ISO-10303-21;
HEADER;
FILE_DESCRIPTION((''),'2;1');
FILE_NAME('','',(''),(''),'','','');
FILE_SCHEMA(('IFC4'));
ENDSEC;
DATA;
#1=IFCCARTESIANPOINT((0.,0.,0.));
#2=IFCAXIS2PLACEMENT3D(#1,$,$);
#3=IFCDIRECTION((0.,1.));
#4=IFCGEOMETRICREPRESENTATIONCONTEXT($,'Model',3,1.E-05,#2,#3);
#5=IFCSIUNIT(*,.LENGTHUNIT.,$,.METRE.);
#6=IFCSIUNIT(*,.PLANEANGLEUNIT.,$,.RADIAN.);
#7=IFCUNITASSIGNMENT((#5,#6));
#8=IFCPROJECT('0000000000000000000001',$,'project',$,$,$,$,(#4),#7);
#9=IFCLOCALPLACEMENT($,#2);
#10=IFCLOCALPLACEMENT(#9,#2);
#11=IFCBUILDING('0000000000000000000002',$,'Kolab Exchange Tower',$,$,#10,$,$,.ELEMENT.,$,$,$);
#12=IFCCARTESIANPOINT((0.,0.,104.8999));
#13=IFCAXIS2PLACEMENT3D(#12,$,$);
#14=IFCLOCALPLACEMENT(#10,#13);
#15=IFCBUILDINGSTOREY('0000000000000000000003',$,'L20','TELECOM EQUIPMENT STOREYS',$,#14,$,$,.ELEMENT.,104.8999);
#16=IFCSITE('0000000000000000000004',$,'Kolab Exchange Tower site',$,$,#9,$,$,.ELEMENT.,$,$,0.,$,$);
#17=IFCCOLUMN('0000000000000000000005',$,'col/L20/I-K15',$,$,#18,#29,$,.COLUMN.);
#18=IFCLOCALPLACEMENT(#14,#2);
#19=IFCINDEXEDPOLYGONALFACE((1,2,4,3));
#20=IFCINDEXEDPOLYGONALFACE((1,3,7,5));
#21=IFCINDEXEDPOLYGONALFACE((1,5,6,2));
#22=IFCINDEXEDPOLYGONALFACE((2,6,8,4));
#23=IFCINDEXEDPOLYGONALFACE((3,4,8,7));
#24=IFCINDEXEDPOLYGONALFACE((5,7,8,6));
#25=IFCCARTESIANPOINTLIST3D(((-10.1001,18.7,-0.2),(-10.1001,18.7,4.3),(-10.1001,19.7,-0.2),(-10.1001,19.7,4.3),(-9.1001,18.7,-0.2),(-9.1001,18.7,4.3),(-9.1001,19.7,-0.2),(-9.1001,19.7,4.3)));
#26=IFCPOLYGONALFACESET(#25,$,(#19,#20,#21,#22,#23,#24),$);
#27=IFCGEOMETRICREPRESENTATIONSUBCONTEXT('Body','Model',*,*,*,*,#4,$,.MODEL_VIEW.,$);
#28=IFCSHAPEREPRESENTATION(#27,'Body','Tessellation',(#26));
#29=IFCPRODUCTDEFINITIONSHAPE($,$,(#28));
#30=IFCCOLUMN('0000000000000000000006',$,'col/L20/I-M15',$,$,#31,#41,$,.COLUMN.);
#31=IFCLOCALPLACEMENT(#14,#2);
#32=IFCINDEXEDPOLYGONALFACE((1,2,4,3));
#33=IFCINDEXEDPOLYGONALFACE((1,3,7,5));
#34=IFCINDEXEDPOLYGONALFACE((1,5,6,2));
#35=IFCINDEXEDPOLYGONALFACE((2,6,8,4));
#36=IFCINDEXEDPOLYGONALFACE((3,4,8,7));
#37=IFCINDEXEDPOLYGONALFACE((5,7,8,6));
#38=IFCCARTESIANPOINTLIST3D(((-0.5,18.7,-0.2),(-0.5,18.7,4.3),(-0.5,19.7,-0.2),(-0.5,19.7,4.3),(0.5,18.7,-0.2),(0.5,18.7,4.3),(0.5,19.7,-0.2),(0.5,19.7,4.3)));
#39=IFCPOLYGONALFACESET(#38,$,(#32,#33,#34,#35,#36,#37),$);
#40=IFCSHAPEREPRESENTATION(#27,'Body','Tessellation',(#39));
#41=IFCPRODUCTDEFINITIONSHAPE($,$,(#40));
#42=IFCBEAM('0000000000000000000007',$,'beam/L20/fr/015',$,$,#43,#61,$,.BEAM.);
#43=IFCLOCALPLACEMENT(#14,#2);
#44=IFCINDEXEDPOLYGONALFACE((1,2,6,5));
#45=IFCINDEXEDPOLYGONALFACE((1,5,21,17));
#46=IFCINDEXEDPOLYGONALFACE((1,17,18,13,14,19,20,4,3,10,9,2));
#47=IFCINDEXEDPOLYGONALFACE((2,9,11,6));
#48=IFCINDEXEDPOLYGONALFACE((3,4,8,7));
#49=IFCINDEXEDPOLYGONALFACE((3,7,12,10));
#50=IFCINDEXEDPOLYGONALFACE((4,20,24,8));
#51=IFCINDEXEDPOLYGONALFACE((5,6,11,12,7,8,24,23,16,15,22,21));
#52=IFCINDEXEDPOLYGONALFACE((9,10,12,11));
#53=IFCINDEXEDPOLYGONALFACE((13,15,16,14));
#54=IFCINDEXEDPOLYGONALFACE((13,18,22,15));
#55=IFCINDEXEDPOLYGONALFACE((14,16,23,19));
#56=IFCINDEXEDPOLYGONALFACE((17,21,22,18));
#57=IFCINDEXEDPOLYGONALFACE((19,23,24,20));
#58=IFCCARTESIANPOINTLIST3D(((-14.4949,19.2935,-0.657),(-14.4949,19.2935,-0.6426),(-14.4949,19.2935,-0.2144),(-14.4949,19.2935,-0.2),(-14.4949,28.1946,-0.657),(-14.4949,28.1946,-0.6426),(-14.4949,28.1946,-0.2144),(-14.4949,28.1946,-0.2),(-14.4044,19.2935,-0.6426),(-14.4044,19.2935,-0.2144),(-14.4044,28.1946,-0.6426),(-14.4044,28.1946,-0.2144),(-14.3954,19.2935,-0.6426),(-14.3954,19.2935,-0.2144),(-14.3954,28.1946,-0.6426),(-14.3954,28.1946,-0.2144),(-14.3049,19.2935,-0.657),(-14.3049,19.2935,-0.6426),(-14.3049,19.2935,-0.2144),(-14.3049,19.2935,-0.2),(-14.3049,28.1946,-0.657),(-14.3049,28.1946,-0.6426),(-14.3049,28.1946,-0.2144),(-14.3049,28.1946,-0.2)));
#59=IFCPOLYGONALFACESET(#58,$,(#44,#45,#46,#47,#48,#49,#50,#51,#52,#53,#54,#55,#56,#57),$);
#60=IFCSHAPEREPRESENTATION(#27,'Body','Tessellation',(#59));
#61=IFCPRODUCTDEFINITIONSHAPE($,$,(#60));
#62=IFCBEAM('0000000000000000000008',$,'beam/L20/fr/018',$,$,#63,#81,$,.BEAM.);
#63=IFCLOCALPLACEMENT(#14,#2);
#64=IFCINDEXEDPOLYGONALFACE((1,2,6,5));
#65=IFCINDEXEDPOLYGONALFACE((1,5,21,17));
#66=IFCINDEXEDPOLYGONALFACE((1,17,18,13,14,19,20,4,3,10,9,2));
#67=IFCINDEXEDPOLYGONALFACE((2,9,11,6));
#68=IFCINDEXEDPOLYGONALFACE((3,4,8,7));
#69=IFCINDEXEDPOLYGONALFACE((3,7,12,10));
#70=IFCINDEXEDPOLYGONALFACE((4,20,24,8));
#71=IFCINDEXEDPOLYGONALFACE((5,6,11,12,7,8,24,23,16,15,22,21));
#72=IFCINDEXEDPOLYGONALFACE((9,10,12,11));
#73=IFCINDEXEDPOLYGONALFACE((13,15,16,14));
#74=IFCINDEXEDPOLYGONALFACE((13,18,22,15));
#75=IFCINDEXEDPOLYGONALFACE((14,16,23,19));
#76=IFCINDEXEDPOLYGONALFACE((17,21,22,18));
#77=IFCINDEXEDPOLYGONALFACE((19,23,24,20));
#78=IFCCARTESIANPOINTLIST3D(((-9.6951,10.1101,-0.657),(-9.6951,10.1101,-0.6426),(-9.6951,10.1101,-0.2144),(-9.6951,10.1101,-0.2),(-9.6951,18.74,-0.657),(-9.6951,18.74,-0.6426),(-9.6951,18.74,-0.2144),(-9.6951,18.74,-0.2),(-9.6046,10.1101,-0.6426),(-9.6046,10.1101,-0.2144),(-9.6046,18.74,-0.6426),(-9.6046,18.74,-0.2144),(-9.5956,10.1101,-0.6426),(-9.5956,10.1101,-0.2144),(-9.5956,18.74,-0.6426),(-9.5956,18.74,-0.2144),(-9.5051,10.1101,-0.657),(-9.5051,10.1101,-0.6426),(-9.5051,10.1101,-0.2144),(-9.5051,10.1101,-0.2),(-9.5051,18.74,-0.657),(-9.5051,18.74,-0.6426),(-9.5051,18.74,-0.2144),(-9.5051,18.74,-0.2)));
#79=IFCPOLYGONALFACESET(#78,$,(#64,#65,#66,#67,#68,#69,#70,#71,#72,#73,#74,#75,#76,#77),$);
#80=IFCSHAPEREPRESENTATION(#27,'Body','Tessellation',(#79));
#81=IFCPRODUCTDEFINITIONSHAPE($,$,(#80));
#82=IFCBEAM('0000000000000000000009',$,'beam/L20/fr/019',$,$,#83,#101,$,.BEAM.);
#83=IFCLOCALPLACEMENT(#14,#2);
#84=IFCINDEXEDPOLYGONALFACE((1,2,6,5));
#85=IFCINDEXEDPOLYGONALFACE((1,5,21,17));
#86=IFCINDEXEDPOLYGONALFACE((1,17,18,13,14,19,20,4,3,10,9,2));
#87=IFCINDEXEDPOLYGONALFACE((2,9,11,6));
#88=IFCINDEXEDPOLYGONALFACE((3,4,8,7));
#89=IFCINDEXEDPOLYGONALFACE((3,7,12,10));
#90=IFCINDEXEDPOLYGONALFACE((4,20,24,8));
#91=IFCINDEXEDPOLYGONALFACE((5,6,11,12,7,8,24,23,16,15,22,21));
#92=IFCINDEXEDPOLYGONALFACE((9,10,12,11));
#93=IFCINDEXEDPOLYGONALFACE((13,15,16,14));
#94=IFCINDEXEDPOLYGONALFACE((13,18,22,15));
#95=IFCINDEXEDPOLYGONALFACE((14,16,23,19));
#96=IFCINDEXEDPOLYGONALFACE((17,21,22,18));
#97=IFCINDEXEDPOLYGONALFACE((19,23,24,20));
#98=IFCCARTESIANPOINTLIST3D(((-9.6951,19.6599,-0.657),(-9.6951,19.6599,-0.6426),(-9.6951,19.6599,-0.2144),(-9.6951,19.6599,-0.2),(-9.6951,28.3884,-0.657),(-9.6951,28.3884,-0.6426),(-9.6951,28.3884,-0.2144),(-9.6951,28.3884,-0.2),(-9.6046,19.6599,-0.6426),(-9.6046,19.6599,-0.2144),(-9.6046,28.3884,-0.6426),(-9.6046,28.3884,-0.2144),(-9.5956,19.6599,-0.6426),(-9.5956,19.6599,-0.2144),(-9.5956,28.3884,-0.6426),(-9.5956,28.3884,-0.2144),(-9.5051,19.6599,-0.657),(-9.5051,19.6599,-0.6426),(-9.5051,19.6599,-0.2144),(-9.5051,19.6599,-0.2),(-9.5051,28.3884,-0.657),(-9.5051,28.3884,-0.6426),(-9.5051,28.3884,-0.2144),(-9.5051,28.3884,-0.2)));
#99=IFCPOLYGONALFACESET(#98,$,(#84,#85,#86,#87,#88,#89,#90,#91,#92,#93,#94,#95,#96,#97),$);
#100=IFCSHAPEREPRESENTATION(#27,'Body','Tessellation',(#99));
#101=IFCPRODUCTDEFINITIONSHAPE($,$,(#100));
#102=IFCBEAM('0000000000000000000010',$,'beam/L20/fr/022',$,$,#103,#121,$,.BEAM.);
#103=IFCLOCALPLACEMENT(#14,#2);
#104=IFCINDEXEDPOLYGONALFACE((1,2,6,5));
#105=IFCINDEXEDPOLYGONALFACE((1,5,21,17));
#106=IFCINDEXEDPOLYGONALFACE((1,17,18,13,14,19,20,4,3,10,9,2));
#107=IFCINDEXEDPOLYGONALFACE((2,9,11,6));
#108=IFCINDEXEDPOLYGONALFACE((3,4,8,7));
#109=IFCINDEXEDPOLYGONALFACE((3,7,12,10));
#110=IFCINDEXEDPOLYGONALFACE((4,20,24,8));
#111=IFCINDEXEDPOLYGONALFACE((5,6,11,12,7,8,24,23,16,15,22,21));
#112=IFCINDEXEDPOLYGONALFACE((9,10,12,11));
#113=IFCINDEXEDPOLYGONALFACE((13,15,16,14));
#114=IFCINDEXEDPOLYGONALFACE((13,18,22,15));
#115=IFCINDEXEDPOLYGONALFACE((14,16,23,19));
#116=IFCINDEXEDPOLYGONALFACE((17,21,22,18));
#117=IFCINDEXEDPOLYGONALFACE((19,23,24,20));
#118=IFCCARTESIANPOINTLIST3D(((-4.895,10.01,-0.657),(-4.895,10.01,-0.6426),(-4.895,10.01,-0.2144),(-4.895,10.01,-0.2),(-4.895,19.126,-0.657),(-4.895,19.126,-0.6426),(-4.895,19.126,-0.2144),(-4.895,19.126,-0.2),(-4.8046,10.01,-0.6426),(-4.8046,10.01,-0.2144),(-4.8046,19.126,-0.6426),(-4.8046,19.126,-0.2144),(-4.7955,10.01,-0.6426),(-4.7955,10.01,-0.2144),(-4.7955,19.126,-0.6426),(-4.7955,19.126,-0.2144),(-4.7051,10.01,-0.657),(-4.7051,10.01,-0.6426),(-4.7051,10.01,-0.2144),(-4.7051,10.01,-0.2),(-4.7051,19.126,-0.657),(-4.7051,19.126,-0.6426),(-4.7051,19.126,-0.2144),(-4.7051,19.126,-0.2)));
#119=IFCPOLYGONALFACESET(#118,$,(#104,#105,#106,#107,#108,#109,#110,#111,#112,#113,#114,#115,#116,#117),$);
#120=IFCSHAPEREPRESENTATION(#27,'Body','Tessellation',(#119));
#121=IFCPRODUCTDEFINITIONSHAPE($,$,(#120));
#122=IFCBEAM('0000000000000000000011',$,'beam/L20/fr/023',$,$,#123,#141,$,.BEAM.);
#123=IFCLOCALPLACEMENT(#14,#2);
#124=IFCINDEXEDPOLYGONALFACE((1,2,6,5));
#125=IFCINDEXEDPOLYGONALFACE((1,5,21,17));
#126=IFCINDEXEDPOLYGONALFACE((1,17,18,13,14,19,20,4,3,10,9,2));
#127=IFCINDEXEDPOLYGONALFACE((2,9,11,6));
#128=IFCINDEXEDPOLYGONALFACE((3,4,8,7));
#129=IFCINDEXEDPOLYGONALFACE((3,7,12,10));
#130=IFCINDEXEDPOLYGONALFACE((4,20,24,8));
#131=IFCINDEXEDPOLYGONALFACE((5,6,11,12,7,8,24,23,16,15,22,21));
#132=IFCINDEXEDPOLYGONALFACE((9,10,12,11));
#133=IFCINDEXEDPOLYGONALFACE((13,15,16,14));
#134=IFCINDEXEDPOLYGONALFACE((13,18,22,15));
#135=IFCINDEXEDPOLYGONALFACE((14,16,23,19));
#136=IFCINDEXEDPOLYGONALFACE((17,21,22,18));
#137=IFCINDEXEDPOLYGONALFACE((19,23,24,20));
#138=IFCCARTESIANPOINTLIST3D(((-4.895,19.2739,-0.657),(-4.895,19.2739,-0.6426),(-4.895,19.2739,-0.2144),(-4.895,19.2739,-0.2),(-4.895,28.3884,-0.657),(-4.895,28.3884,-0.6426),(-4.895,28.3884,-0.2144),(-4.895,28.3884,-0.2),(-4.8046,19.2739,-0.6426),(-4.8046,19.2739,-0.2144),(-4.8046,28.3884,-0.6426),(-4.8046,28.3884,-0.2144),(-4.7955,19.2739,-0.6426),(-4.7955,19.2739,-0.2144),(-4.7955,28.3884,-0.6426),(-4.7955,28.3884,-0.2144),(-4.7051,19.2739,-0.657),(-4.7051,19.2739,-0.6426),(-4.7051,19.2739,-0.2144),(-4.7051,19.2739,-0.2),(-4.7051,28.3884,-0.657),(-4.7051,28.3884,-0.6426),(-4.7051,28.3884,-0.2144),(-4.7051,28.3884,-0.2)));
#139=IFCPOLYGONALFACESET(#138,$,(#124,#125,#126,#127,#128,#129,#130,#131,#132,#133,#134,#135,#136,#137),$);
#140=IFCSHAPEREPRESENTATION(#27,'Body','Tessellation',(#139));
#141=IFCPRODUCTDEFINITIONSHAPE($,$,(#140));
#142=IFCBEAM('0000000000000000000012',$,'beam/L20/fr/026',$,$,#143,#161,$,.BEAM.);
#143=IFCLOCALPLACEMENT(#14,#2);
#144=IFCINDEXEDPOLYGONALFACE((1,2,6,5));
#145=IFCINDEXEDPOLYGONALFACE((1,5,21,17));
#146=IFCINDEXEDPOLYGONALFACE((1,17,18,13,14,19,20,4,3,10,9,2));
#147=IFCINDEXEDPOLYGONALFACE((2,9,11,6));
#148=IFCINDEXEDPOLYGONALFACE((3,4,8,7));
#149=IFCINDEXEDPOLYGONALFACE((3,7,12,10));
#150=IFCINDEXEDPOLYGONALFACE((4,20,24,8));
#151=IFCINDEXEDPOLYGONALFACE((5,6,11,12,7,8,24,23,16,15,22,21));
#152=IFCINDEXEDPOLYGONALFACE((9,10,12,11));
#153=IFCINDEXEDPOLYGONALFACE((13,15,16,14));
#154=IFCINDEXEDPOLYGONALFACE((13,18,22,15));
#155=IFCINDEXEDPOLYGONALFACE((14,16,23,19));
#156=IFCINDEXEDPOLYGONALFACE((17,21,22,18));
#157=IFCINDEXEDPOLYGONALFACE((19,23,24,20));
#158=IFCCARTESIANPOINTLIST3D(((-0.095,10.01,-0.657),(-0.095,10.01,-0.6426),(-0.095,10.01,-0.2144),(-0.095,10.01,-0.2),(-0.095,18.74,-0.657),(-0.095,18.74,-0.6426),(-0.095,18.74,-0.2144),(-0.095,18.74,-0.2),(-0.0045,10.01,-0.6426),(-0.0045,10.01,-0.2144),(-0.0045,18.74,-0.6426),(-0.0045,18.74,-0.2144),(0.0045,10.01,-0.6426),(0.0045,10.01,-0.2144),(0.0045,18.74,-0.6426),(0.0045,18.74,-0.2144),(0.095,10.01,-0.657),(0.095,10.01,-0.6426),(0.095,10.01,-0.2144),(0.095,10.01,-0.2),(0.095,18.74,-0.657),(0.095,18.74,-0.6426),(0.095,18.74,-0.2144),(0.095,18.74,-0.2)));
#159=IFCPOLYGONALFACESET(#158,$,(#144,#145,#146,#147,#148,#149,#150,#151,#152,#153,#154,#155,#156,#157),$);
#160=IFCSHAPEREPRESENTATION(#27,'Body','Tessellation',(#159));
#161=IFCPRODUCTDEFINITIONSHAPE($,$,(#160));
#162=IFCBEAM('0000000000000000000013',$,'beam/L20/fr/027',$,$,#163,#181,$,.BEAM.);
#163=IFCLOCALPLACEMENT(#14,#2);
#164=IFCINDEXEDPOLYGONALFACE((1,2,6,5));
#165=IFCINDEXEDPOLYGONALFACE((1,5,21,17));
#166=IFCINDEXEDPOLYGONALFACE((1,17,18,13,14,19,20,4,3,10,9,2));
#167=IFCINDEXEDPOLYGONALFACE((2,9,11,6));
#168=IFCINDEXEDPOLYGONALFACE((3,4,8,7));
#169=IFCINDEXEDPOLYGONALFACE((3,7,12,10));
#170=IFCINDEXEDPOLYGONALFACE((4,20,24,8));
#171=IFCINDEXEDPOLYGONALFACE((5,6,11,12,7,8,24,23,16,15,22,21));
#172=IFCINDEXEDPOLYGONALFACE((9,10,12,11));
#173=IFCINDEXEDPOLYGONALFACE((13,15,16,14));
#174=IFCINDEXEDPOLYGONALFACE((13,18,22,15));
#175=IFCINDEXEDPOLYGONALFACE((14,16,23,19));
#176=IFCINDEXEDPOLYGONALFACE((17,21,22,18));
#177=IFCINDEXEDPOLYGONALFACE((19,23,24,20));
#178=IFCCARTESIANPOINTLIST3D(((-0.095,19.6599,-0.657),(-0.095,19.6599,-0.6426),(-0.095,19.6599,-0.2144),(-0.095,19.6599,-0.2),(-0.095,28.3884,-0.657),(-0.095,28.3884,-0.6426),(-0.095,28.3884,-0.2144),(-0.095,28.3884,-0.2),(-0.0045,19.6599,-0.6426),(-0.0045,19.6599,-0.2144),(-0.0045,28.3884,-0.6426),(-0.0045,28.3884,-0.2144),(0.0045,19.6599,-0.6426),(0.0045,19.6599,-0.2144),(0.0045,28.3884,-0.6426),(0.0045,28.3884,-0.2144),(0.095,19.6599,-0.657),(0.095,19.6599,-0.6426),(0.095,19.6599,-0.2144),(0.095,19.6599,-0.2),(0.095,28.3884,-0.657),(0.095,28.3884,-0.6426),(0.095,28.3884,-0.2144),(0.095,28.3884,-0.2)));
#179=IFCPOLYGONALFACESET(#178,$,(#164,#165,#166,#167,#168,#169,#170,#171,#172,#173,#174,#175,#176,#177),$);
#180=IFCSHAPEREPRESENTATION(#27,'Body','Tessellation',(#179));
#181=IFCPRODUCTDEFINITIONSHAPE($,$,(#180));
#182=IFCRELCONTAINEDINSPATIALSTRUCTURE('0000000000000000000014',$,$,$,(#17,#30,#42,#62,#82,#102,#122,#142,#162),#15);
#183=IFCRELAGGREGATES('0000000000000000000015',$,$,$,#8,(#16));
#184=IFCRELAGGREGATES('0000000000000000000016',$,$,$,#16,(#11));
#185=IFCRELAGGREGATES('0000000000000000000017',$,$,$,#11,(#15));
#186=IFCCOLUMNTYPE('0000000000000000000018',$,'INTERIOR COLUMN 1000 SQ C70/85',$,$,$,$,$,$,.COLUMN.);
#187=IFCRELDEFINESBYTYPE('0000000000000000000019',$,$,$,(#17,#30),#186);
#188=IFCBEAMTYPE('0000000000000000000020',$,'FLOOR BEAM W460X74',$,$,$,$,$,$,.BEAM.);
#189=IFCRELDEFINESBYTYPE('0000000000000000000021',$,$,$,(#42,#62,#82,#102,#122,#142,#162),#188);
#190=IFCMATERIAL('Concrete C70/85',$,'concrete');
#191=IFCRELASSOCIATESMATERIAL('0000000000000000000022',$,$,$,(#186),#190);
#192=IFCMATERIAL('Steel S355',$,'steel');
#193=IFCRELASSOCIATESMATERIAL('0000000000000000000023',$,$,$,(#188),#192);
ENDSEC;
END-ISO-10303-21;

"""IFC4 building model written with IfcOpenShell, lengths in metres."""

from ifc_helpers import new_model, si_unit, direction, frame, origin, origin_2d, place, context, subcontext, project, spatial, rectangle, i_section, extrude, material, material_profile, profile_set, type_object, element, save


model = new_model("IFC4")

# Units and contexts
model_context = context("Model", 3, precision=1e-05, world=origin(), true_north=direction((0.0, 1.0)))
body_context = subcontext(model_context, "Body", "Model", "MODEL_VIEW")
ifc_project = project(units=[si_unit("LENGTHUNIT", "METRE"), si_unit("PLANEANGLEUNIT", "RADIAN")], contexts=[model_context])

# Site, building, storey
site_placement = place(None, origin())
site = spatial("IfcSite", under=ifc_project, at=site_placement, Name="Kolab Exchange Tower site", CompositionType="ELEMENT", RefElevation=0.0)
building_placement = place(site_placement, origin())
building = spatial("IfcBuilding", under=site, at=building_placement, Name="Kolab Exchange Tower", CompositionType="ELEMENT")
storey_placement = place(building_placement, frame((0.0, 0.0, 104.8999)))
storey = spatial("IfcBuildingStorey", under=building, at=storey_placement, Name="L20", Description="TELECOM EQUIPMENT STOREYS", CompositionType="ELEMENT", Elevation=104.8999)

# Columns
ifc_material_1 = material(Name="Concrete C70/85", Category="concrete")
ifc_material_profile_1 = material_profile(ifc_material_1, rectangle(XDim=1.0, YDim=1.0, at=origin_2d()), Name="RC1000")
ifc_profile_set_1 = profile_set([ifc_material_profile_1], Name="Concrete C70/85")
column_type = type_object("IfcColumnType", Name="INTERIOR COLUMN 1000 SQ C70/85", PredefinedType="COLUMN", material=ifc_profile_set_1)
for number, where, z_axis, x_axis, name in (
    (1, (-9.6001, 19.2, -0.2), (0.0, 0.0, 1.0), (1.0, 0.0, 0.0), "col/L20/I-K15"),
    (2, (0.0, 19.2, -0.2), (0.0, 0.0, 1.0), (1.0, 0.0, 0.0), "col/L20/I-M15"),
):
    element("IfcColumn", number, at=place(storey_placement, frame(where, z_axis=z_axis, x_axis=x_axis)), inside=storey, type_object=column_type, Name=name, PredefinedType="COLUMN", context=body_context, shape_type="SweptSolid", body=[
        extrude(rectangle(XDim=1.0, YDim=1.0, at=origin_2d()), origin(), (0.0, 0.0, 1.0), 4.5),
    ])

# Beams
ifc_material_2 = material(Name="Steel S355", Category="steel")
ifc_material_profile_2 = material_profile(ifc_material_2, i_section(OverallWidth=0.1899, OverallDepth=0.457, WebThickness=0.009, FlangeThickness=0.0144, at=origin_2d()), Name="W460X74")
ifc_profile_set_2 = profile_set([ifc_material_profile_2], Name="Steel S355")
beam_type_1 = type_object("IfcBeamType", Name="FLOOR BEAM W460X74", PredefinedType="BEAM", material=ifc_profile_set_2)
beam_1_placement = place(storey_placement, frame((-14.3999, 19.2935, -0.4285), z_axis=(0.0, 1.0, 0.0), x_axis=(-1.0, 0.0, 0.0)))
element("IfcBeam", 3, at=beam_1_placement, inside=storey, type_object=beam_type_1, Name="beam/L20/fr/015", PredefinedType="BEAM", context=body_context, shape_type="SweptSolid", body=[
    extrude(i_section(OverallWidth=0.1899, OverallDepth=0.457, WebThickness=0.009, FlangeThickness=0.0144, at=origin_2d()), origin(), (0.0, 0.0, 1.0), 8.9011),
])
beam_2_placement = place(storey_placement, frame((-9.6001, 10.1101, -0.4285), z_axis=(0.0, 1.0, 0.0), x_axis=(-1.0, 0.0, 0.0)))
element("IfcBeam", 4, at=beam_2_placement, inside=storey, type_object=beam_type_1, Name="beam/L20/fr/018", PredefinedType="BEAM", context=body_context, shape_type="SweptSolid", body=[
    extrude(i_section(OverallWidth=0.1899, OverallDepth=0.457, WebThickness=0.009, FlangeThickness=0.0144, at=origin_2d()), origin(), (0.0, 0.0, 1.0), 8.6299),
])
beam_3_placement = place(storey_placement, frame((-9.6001, 19.6599, -0.4285), z_axis=(0.0, 1.0, 0.0), x_axis=(-1.0, 0.0, 0.0)))
element("IfcBeam", 5, at=beam_3_placement, inside=storey, type_object=beam_type_1, Name="beam/L20/fr/019", PredefinedType="BEAM", context=body_context, shape_type="SweptSolid", body=[
    extrude(i_section(OverallWidth=0.1899, OverallDepth=0.457, WebThickness=0.009, FlangeThickness=0.0144, at=origin_2d()), origin(), (0.0, 0.0, 1.0), 8.7285),
])
beam_4_placement = place(storey_placement, frame((-4.8, 10.01, -0.4285), z_axis=(0.0, 1.0, 0.0), x_axis=(-1.0, 0.0, 0.0)))
element("IfcBeam", 6, at=beam_4_placement, inside=storey, type_object=beam_type_1, Name="beam/L20/fr/022", PredefinedType="BEAM", context=body_context, shape_type="SweptSolid", body=[
    extrude(i_section(OverallWidth=0.1899, OverallDepth=0.457, WebThickness=0.009, FlangeThickness=0.0144, at=origin_2d()), origin(), (0.0, 0.0, 1.0), 9.116),
])
beam_5_placement = place(storey_placement, frame((-4.8, 19.2739, -0.4285), z_axis=(0.0, 1.0, 0.0), x_axis=(-1.0, 0.0, 0.0)))
element("IfcBeam", 7, at=beam_5_placement, inside=storey, type_object=beam_type_1, Name="beam/L20/fr/023", PredefinedType="BEAM", context=body_context, shape_type="SweptSolid", body=[
    extrude(i_section(OverallWidth=0.1899, OverallDepth=0.457, WebThickness=0.009, FlangeThickness=0.0144, at=origin_2d()), origin(), (0.0, 0.0, 1.0), 9.1145),
])
beam_6_placement = place(storey_placement, frame((0.0, 10.01, -0.4285), z_axis=(0.0, 1.0, 0.0), x_axis=(-1.0, 0.0, 0.0)))
element("IfcBeam", 8, at=beam_6_placement, inside=storey, type_object=beam_type_1, Name="beam/L20/fr/026", PredefinedType="BEAM", context=body_context, shape_type="SweptSolid", body=[
    extrude(i_section(OverallWidth=0.1899, OverallDepth=0.457, WebThickness=0.009, FlangeThickness=0.0144, at=origin_2d()), origin(), (0.0, 0.0, 1.0), 8.73),
])
beam_7_placement = place(storey_placement, frame((0.0, 19.6599, -0.4285), z_axis=(0.0, 1.0, 0.0), x_axis=(-1.0, 0.0, 0.0)))
element("IfcBeam", 9, at=beam_7_placement, inside=storey, type_object=beam_type_1, Name="beam/L20/fr/027", PredefinedType="BEAM", context=body_context, shape_type="SweptSolid", body=[
    extrude(i_section(OverallWidth=0.1899, OverallDepth=0.457, WebThickness=0.009, FlangeThickness=0.0144, at=origin_2d()), origin(), (0.0, 0.0, 1.0), 8.7285),
])

save(model, "model.ifc")
